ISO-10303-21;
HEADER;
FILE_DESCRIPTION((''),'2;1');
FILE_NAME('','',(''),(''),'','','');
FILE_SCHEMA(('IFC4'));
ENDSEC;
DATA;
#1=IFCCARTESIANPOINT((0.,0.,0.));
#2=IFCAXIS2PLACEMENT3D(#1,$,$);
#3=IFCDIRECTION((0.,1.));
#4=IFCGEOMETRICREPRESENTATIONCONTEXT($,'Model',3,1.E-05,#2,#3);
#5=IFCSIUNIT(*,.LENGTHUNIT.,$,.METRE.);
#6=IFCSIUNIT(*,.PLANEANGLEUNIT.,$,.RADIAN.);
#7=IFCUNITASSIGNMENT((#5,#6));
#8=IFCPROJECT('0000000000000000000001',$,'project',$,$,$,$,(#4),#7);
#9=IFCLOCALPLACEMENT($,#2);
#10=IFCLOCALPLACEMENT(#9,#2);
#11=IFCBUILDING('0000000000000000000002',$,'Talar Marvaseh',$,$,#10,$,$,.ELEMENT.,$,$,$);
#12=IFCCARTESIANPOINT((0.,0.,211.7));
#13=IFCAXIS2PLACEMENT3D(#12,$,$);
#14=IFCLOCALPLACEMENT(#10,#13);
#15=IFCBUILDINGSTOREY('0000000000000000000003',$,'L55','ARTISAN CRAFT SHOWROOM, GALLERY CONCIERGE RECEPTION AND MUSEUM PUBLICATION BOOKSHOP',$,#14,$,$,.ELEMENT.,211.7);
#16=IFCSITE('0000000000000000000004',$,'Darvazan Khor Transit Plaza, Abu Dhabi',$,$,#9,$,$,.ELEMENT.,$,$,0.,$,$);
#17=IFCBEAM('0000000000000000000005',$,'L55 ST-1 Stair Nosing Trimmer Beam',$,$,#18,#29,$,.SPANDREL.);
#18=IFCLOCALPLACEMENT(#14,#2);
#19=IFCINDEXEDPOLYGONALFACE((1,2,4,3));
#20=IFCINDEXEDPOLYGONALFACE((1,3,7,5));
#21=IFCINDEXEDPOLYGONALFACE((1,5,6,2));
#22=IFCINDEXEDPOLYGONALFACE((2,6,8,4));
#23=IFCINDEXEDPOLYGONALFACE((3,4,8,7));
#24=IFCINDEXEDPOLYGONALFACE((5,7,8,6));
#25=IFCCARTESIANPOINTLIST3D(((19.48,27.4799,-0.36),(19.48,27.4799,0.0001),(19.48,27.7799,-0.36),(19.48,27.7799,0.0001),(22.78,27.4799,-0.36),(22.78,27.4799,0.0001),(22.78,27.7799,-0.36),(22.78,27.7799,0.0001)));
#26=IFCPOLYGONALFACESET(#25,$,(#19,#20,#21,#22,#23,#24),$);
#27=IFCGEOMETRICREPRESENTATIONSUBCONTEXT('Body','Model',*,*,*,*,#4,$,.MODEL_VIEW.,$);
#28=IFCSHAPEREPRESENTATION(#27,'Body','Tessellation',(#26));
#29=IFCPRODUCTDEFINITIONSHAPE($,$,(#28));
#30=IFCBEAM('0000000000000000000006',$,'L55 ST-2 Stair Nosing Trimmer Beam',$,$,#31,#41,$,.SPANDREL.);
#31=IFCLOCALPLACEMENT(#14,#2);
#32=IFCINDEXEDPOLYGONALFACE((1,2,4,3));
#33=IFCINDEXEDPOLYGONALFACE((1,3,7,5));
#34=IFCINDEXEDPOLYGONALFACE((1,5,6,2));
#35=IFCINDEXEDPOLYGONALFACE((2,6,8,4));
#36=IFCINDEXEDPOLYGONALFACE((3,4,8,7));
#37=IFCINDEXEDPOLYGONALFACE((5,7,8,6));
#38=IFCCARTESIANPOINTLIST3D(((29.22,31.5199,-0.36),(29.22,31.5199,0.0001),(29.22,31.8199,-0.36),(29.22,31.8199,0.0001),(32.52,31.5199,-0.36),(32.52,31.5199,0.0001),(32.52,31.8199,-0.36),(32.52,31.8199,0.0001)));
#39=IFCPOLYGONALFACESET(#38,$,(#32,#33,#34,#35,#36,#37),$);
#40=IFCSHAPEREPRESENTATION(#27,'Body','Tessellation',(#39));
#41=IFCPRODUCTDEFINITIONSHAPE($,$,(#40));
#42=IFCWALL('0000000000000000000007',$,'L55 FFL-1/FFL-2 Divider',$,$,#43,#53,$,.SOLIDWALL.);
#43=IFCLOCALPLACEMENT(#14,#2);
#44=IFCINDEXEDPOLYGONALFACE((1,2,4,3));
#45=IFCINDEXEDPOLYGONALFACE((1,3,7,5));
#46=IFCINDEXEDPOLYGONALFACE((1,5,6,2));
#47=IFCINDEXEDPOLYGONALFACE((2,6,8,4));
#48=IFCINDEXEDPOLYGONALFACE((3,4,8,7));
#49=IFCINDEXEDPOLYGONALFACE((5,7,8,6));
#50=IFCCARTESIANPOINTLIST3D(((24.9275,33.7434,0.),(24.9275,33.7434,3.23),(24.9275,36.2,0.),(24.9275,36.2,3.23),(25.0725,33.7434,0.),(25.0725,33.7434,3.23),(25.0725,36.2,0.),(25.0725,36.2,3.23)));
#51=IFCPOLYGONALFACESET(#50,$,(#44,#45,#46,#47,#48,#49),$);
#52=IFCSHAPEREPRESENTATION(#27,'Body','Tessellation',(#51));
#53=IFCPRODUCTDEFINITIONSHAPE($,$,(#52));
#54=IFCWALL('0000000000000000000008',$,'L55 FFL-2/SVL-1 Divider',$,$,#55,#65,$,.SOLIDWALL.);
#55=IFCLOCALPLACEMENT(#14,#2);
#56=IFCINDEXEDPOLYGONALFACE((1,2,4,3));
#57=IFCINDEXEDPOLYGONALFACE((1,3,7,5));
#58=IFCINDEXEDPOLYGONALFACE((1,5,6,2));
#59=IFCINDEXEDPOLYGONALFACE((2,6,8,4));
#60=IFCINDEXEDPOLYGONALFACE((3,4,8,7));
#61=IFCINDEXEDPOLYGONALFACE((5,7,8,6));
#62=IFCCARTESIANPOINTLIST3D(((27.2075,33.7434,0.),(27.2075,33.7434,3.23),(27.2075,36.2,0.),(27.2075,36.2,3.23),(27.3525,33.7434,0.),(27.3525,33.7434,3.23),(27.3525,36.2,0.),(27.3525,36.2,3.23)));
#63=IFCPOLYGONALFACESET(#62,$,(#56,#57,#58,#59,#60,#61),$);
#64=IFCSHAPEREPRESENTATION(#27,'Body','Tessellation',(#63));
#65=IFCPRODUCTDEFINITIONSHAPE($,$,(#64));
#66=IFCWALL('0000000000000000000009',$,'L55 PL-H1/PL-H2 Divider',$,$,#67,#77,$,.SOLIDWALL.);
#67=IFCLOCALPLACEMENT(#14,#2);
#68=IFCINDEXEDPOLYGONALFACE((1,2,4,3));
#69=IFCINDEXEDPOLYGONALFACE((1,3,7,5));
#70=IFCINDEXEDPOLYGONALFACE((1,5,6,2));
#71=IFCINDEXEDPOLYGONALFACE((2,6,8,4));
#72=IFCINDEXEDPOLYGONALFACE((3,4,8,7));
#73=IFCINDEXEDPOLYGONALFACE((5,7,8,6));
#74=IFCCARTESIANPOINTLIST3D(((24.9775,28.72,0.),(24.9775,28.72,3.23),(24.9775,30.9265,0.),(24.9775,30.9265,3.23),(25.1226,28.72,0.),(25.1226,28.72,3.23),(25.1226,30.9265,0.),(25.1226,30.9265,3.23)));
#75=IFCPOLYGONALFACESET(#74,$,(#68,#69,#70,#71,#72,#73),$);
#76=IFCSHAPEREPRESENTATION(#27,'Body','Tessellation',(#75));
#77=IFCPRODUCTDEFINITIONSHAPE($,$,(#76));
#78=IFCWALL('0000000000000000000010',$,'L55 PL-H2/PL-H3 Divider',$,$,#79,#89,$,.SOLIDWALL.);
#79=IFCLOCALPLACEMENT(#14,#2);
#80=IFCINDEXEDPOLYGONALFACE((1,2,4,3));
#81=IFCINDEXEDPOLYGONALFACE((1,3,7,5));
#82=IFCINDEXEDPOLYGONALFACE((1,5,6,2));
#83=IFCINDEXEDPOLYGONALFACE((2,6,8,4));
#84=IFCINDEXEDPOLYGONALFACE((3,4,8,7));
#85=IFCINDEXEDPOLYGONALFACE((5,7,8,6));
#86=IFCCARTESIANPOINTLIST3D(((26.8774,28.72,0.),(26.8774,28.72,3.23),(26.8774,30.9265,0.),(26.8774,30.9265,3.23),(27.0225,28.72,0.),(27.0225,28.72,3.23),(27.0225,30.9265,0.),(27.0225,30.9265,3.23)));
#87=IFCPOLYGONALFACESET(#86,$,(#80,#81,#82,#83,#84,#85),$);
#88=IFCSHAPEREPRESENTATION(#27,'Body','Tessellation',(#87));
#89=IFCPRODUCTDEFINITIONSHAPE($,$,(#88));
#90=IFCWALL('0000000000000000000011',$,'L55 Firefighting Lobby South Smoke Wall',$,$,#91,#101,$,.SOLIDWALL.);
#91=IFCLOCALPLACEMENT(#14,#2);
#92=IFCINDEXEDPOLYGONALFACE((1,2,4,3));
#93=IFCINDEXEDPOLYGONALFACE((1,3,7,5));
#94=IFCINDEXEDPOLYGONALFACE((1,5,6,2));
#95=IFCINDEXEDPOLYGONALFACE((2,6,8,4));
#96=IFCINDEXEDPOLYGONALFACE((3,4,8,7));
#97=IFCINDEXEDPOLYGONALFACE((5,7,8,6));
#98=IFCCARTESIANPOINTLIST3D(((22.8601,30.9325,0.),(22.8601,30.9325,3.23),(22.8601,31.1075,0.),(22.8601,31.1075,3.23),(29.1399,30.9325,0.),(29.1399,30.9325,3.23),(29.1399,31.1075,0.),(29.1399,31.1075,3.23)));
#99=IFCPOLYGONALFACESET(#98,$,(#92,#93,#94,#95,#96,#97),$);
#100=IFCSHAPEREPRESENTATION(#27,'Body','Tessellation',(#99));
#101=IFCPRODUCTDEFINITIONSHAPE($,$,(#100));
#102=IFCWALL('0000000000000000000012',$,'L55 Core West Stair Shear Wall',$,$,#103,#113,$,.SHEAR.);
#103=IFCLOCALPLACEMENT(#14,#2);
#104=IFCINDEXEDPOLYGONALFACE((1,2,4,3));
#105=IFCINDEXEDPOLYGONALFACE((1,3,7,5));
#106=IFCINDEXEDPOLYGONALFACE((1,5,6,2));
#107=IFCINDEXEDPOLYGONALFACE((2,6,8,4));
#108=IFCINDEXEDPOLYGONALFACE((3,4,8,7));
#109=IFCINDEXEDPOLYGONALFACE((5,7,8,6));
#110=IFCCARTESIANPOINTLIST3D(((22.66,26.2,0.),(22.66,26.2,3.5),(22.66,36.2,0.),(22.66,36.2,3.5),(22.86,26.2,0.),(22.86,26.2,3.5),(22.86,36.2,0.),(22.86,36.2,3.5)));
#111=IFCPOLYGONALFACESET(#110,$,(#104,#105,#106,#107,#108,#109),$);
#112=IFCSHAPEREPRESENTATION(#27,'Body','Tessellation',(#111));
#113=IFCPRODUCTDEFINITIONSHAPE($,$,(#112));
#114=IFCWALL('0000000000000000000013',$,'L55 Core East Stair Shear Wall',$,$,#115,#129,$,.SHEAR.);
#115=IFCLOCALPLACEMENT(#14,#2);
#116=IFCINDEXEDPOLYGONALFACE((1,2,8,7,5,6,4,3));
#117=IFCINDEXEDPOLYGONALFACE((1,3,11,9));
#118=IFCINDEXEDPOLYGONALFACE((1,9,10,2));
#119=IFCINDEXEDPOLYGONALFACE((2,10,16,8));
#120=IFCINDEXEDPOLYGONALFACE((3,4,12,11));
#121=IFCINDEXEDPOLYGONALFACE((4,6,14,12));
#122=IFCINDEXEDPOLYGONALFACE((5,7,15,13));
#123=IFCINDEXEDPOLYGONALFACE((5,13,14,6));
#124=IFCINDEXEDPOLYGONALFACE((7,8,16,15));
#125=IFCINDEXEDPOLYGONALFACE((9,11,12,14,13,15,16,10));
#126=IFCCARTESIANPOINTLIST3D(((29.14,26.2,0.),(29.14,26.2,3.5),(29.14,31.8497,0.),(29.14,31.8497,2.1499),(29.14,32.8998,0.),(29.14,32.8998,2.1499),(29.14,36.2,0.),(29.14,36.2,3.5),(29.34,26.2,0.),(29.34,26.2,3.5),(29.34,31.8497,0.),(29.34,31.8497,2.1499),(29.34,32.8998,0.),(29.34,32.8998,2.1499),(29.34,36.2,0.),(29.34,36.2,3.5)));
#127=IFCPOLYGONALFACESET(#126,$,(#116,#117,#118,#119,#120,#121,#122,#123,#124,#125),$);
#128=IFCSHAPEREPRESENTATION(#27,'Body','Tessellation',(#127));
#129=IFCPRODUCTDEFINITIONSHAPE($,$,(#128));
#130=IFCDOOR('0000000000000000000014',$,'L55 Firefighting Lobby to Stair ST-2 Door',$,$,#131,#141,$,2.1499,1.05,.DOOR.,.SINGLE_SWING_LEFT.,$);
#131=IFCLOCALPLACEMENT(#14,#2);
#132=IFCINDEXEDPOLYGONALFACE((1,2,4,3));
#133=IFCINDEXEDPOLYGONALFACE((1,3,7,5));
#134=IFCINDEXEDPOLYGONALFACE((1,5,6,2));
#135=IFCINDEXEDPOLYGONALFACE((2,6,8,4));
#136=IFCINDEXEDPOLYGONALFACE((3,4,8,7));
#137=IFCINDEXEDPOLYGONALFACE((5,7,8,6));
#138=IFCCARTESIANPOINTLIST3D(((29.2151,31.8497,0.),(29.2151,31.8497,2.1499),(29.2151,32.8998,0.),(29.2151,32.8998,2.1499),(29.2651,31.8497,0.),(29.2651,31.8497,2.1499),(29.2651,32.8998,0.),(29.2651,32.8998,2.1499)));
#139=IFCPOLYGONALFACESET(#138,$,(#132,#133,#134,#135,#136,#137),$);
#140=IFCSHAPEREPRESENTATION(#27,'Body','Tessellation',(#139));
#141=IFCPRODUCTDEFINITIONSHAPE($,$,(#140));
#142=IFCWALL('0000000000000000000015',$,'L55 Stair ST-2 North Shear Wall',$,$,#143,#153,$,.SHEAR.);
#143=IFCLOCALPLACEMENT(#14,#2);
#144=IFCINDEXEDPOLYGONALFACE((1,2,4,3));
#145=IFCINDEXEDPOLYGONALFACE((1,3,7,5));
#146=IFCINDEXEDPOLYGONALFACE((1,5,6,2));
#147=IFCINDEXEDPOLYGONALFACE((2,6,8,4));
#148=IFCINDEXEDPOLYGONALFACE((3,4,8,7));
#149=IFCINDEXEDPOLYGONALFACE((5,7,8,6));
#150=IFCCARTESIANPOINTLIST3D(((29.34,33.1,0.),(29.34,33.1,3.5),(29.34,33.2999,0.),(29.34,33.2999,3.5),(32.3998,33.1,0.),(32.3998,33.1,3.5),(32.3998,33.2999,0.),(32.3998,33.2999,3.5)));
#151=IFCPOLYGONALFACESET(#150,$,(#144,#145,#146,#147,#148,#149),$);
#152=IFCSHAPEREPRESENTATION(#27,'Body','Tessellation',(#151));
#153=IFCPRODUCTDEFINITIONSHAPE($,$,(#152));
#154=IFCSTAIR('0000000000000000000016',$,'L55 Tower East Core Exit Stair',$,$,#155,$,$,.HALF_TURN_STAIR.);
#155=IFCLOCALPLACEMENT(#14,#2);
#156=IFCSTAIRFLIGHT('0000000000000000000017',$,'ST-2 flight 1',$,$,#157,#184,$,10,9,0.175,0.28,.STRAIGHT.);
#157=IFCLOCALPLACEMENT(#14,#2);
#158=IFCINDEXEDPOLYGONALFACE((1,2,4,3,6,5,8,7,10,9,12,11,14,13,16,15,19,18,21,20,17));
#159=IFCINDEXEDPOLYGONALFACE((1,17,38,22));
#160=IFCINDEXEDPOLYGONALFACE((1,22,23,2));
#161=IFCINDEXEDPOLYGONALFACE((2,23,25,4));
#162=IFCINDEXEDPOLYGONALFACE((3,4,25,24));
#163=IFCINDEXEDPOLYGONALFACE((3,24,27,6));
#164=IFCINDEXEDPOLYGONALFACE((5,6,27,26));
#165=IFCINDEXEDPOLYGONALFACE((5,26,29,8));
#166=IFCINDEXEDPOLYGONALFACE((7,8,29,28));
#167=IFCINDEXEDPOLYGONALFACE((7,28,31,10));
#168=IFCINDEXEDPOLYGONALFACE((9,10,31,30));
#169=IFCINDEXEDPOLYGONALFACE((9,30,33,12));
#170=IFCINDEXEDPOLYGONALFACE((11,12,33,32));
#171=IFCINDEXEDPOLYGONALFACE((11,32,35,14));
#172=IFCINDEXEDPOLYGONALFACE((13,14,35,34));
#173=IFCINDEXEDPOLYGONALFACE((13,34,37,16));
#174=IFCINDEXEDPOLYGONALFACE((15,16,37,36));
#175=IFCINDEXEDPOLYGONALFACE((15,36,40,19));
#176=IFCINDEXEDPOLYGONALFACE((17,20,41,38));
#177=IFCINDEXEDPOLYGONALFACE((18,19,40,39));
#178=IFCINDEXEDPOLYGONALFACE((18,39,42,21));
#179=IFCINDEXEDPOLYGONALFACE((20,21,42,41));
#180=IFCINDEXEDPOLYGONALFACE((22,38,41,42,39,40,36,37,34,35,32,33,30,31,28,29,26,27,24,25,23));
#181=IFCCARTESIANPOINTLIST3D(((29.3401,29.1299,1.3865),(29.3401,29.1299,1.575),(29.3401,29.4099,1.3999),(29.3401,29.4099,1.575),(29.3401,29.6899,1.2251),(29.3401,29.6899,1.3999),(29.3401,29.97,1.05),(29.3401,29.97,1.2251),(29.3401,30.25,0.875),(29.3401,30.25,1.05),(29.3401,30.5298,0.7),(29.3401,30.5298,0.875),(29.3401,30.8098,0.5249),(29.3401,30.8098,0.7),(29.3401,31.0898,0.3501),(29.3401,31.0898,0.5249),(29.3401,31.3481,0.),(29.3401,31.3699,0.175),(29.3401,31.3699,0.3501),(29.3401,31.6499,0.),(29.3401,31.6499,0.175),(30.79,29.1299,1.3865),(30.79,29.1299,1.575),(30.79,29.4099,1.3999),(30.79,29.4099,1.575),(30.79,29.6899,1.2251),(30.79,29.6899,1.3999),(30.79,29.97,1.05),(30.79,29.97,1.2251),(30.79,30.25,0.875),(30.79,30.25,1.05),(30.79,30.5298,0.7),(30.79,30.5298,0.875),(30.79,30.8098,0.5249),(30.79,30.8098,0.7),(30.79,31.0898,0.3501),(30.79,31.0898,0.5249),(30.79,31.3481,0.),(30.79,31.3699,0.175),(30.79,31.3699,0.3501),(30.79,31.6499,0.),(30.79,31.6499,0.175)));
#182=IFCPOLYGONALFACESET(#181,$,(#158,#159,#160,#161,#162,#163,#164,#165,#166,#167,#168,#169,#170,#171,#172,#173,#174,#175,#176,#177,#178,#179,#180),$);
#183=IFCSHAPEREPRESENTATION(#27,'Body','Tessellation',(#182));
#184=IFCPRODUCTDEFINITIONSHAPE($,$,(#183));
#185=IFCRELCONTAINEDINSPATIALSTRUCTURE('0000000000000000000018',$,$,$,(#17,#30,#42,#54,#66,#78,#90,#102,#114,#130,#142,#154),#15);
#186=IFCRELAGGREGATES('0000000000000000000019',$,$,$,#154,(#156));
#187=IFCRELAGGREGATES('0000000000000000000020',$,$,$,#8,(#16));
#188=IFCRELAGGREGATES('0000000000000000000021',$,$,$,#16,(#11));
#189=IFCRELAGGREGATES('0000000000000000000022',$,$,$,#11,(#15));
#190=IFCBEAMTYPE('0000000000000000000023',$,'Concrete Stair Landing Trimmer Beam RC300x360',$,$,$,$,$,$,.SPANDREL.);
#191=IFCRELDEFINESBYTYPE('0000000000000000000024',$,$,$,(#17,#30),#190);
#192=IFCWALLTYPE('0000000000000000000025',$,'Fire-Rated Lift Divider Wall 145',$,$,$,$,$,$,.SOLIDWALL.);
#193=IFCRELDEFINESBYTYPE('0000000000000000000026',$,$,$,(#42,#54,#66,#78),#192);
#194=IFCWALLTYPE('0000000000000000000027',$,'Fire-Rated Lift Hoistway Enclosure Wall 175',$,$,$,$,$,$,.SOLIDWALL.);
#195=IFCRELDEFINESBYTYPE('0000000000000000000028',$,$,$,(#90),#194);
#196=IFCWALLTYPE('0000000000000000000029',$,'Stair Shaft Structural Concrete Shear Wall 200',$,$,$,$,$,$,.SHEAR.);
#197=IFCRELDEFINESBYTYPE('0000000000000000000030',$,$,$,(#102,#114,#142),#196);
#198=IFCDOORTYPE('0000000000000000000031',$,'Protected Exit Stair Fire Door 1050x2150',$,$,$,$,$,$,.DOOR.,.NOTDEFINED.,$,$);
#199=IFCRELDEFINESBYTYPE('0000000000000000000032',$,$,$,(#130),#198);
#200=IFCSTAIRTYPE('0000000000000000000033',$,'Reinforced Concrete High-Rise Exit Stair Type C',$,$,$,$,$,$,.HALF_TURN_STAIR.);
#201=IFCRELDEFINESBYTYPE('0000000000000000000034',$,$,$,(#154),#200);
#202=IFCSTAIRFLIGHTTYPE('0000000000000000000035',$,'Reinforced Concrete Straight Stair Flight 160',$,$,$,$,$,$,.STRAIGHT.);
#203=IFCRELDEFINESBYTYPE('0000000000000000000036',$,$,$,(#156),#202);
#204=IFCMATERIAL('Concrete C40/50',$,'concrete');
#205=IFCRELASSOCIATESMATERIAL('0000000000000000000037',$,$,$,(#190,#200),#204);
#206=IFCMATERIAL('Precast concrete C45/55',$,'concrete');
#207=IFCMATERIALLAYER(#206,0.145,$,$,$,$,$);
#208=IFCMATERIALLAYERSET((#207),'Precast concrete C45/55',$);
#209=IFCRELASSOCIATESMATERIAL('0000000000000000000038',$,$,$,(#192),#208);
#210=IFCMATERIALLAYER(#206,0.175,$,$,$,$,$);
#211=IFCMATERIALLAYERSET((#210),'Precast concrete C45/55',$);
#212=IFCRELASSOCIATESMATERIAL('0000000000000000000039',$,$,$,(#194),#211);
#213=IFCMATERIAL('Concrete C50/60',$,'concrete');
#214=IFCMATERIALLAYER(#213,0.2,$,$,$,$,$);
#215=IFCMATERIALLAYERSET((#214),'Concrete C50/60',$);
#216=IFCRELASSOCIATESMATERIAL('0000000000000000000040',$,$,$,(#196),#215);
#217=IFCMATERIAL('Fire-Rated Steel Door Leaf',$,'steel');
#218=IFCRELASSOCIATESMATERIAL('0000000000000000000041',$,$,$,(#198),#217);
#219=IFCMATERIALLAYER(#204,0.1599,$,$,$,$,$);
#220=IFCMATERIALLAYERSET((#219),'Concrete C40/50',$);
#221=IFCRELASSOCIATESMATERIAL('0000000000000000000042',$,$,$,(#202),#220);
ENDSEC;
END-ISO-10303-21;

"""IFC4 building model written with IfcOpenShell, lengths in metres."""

from ifc_helpers import new_model, si_unit, direction, frame, frame_2d, origin, origin_2d, place, context, subcontext, project, spatial, polyline, rectangle, outline, extrude, source, transform, mapped, material, layer, layer_set, material_profile, profile_set, type_object, type_shapes, element, fill, aggregate, save


model = new_model("IFC4")

# Units and contexts
model_context = context("Model", 3, precision=1e-05, world=origin(), true_north=direction((0.0, 1.0)))
body_context = subcontext(model_context, "Body", "Model", "MODEL_VIEW")
ifc_project = project(units=[si_unit("LENGTHUNIT", "METRE"), si_unit("PLANEANGLEUNIT", "RADIAN")], contexts=[model_context])

# Site, building, storey
site_placement = place(None, origin())
site = spatial("IfcSite", under=ifc_project, at=site_placement, Name="Darvazan Khor Transit Plaza, Abu Dhabi", CompositionType="ELEMENT", RefElevation=0.0)
building_placement = place(site_placement, origin())
building = spatial("IfcBuilding", under=site, at=building_placement, Name="Talar Marvaseh", CompositionType="ELEMENT")
storey_placement = place(building_placement, frame((0.0, 0.0, 211.7)))
storey = spatial("IfcBuildingStorey", under=building, at=storey_placement, Name="L55", Description="ARTISAN CRAFT SHOWROOM, GALLERY CONCIERGE RECEPTION AND MUSEUM PUBLICATION BOOKSHOP", CompositionType="ELEMENT", Elevation=211.7)

# Beams
ifc_material_1 = material(Name="Concrete C40/50", Category="concrete")
ifc_material_profile = material_profile(ifc_material_1, rectangle(XDim=0.3, YDim=0.3601, at=origin_2d()), Name="RC300x360")
ifc_profile_set = profile_set([ifc_material_profile], Name="Concrete C40/50")
beam_type = type_object("IfcBeamType", Name="Concrete Stair Landing Trimmer Beam RC300x360", PredefinedType="SPANDREL", material=ifc_profile_set)
for number, where, z_axis, x_axis, name in (
    (1, (22.78, 27.6299, -0.1799), (-1.0, 0.0, 0.0), (0.0, -1.0, 0.0), "L55 ST-1 Stair Nosing Trimmer Beam"),
    (2, (29.22, 31.6699, -0.1799), (1.0, 0.0, 0.0), (0.0, 1.0, 0.0), "L55 ST-2 Stair Nosing Trimmer Beam"),
):
    element("IfcBeam", number, at=place(storey_placement, frame(where, z_axis=z_axis, x_axis=x_axis)), inside=storey, type_object=beam_type, Name=name, PredefinedType="SPANDREL", context=body_context, shape_type="SweptSolid", body=[
        extrude(rectangle(XDim=0.3, YDim=0.3601, at=origin_2d()), origin(), (0.0, 0.0, 1.0), 3.3),
    ])

# Walls
ifc_material_2 = material(Name="Precast concrete C45/55", Category="concrete")
ifc_layer_1 = layer(ifc_material_2, 0.145)
ifc_layer_set_1 = layer_set([ifc_layer_1], Name="Precast concrete C45/55")
wall_type_1 = type_object("IfcWallType", Name="Fire-Rated Lift Divider Wall 145", PredefinedType="SOLIDWALL", material=ifc_layer_set_1)
for number, where, z_axis, x_axis, name in (
    (3, (25.0, 33.7434, 0.0), (0.0, 0.0, 1.0), (0.0, 1.0, 0.0), "L55 FFL-1/FFL-2 Divider"),
    (4, (27.28, 33.7434, 0.0), (0.0, 0.0, 1.0), (0.0, 1.0, 0.0), "L55 FFL-2/SVL-1 Divider"),
):
    element("IfcWall", number, at=place(storey_placement, frame(where, z_axis=z_axis, x_axis=x_axis)), inside=storey, type_object=wall_type_1, Name=name, PredefinedType="SOLIDWALL", context=body_context, shape_type="SweptSolid", body=[
        extrude(rectangle(XDim=2.4565, YDim=0.145, at=frame_2d((1.2283, 0.0))), origin(), (0.0, 0.0, 1.0), 3.23),
    ])
for number, where, z_axis, x_axis, name in (
    (5, (25.05, 28.72, 0.0), (0.0, 0.0, 1.0), (0.0, 1.0, 0.0), "L55 PL-H1/PL-H2 Divider"),
    (6, (26.95, 28.72, 0.0), (0.0, 0.0, 1.0), (0.0, 1.0, 0.0), "L55 PL-H2/PL-H3 Divider"),
):
    element("IfcWall", number, at=place(storey_placement, frame(where, z_axis=z_axis, x_axis=x_axis)), inside=storey, type_object=wall_type_1, Name=name, PredefinedType="SOLIDWALL", context=body_context, shape_type="SweptSolid", body=[
        extrude(rectangle(XDim=2.2065, YDim=0.145, at=frame_2d((1.1033, 0.0))), origin(), (0.0, 0.0, 1.0), 3.23),
    ])

# Shared definitions
ifc_layer_2 = layer(ifc_material_2, 0.175)
ifc_layer_set_2 = layer_set([ifc_layer_2], Name="Precast concrete C45/55")
wall_type_2 = type_object("IfcWallType", Name="Fire-Rated Lift Hoistway Enclosure Wall 175", PredefinedType="SOLIDWALL", material=ifc_layer_set_2)

# Wall
wall_1_placement = place(storey_placement, frame((22.8601, 31.02, 0.0), z_axis=(0.0, 0.0, 1.0), x_axis=(1.0, 0.0, 0.0)))
element("IfcWall", 7, at=wall_1_placement, inside=storey, type_object=wall_type_2, Name="L55 Firefighting Lobby South Smoke Wall", PredefinedType="SOLIDWALL", context=body_context, shape_type="SweptSolid", body=[
    extrude(rectangle(XDim=6.2798, YDim=0.175, at=frame_2d((3.1399, 0.0))), origin(), (0.0, 0.0, 1.0), 3.23),
])

# Wall
ifc_material_3 = material(Name="Concrete C50/60", Category="concrete")
ifc_layer_3 = layer(ifc_material_3, 0.2)
ifc_layer_set_3 = layer_set([ifc_layer_3], Name="Concrete C50/60")
wall_type_3 = type_object("IfcWallType", Name="Stair Shaft Structural Concrete Shear Wall 200", PredefinedType="SHEAR", material=ifc_layer_set_3)
wall_2_placement = place(storey_placement, frame((22.76, 26.2, 0.0), z_axis=(0.0, 0.0, 1.0), x_axis=(0.0, 1.0, 0.0)))
element("IfcWall", 8, at=wall_2_placement, inside=storey, type_object=wall_type_3, Name="L55 Core West Stair Shear Wall", PredefinedType="SHEAR", context=body_context, shape_type="SweptSolid", body=[
    extrude(rectangle(XDim=10.0, YDim=0.2, at=frame_2d((5.0, 0.0))), origin(), (0.0, 0.0, 1.0), 3.5),
])

# Wall, opening, door
wall_3_placement = place(storey_placement, frame((29.24, 26.2, 0.0), z_axis=(0.0, 0.0, 1.0), x_axis=(0.0, 1.0, 0.0)))
wall_3 = element("IfcWall", 9, at=wall_3_placement, inside=storey, type_object=wall_type_3, Name="L55 Core East Stair Shear Wall", PredefinedType="SHEAR", context=body_context, shape_type="SweptSolid", body=[
    extrude(rectangle(XDim=10.0, YDim=0.2, at=frame_2d((5.0, 0.0))), origin(), (0.0, 0.0, 1.0), 3.5),
])
opening_1_placement = place(wall_3_placement, frame((5.6499, 0.0, 0.0)))
opening_1 = element("IfcOpeningElement", 10, at=opening_1_placement, cuts=wall_3, PredefinedType="OPENING", context=body_context, shape_type="SweptSolid", body=[
    extrude(rectangle(XDim=1.05, YDim=2.1499, at=frame_2d((0.5249, 1.075))), frame((0.0, 0.1099, 0.0), z_axis=(0.0, -1.0, 0.0), x_axis=(1.0, 0.0, 0.0)), (0.0, 0.0, 1.0), 0.22),
])
ifc_material_4 = material(Name="Fire-Rated Steel Door Leaf", Category="steel")
door_type_1 = type_object("IfcDoorType", Name="Protected Exit Stair Fire Door 1050x2150", OperationType="NOTDEFINED", PredefinedType="DOOR", material=ifc_material_4)
shared_shape_1 = source(origin(), body_context, "Body", "SweptSolid", [
    extrude(rectangle(XDim=1.05, YDim=2.1499, at=frame_2d((0.5249, 1.075))), frame((0.0, 0.0249, 0.0), z_axis=(0.0, -1.0, 0.0), x_axis=(1.0, 0.0, 0.0)), (0.0, 0.0, 1.0), 0.05),
])
type_shapes(door_type_1, [shared_shape_1])
door_1_placement = place(opening_1_placement, origin())
door_1 = element("IfcDoor", 11, at=door_1_placement, inside=storey, type_object=door_type_1, Name="L55 Firefighting Lobby to Stair ST-2 Door", OperationType="SINGLE_SWING_LEFT", OverallHeight=2.1499, OverallWidth=1.05, PredefinedType="DOOR", context=body_context, shape_type="MappedRepresentation", body=[
    mapped(shared_shape_1, transform((0.0, 0.0, 0.0), x_axis=(1.0, 0.0, 0.0), y_axis=(0.0, 1.0, 0.0), z_axis=(0.0, 0.0, 1.0), scale=1.0)),
])
fill(opening_1, door_1)

# Wall
wall_4_placement = place(storey_placement, frame((29.3401, 33.2, 0.0), z_axis=(0.0, 0.0, 1.0), x_axis=(1.0, 0.0, 0.0)))
element("IfcWall", 12, at=wall_4_placement, inside=storey, type_object=wall_type_3, Name="L55 Stair ST-2 North Shear Wall", PredefinedType="SHEAR", context=body_context, shape_type="SweptSolid", body=[
    extrude(rectangle(XDim=3.0598, YDim=0.2, at=frame_2d((1.5298, 0.0))), origin(), (0.0, 0.0, 1.0), 3.5),
])

# Stair, stair flight
stair_type = type_object("IfcStairType", Name="Reinforced Concrete High-Rise Exit Stair Type C", PredefinedType="HALF_TURN_STAIR", material=ifc_material_1)
stair_placement = place(storey_placement, origin())
stair = element("IfcStair", 13, at=stair_placement, inside=storey, type_object=stair_type, Name="L55 Tower East Core Exit Stair", PredefinedType="HALF_TURN_STAIR")
ifc_layer_4 = layer(ifc_material_1, 0.1599)
ifc_layer_set_4 = layer_set([ifc_layer_4], Name="Concrete C40/50")
stair_flight_type = type_object("IfcStairFlightType", Name="Reinforced Concrete Straight Stair Flight 160", PredefinedType="STRAIGHT", material=ifc_layer_set_4)
stair_flight_1_placement = place(storey_placement, frame((30.0649, 31.6499, 0.0), z_axis=(0.0, 0.0, 1.0), x_axis=(0.0, -1.0, 0.0)))
stair_flight_1 = element("IfcStairFlight", 14, at=stair_flight_1_placement, type_object=stair_flight_type, Name="ST-2 flight 1", NumberOfRisers=10, NumberOfTreads=9, PredefinedType="STRAIGHT", RiserHeight=0.175, TreadLength=0.28, context=body_context, shape_type="SweptSolid", body=[
    extrude(outline(polyline([(0.0, 0.0), (0.0, 0.175), (0.28, 0.175), (0.28, 0.3501), (0.5601, 0.3501), (0.5601, 0.5249), (0.8401, 0.5249), (0.8401, 0.7), (1.1201, 0.7), (1.1201, 0.875), (1.3999, 0.875), (1.3999, 1.05), (1.6799, 1.05), (1.6799, 1.2251), (1.96, 1.2251), (1.96, 1.3999), (2.24, 1.3999), (2.24, 1.575), (2.52, 1.575), (2.52, 1.75), (2.52, 1.3865), (0.3018, 0.0), (0.0, 0.0)])), frame((0.0, 0.7251, 0.0), z_axis=(0.0, -1.0, 0.0), x_axis=(1.0, 0.0, 0.0)), (0.0, 0.0, 1.0), 1.45),
])
aggregate(stair, [stair_flight_1])

save(model, "model.ifc")
